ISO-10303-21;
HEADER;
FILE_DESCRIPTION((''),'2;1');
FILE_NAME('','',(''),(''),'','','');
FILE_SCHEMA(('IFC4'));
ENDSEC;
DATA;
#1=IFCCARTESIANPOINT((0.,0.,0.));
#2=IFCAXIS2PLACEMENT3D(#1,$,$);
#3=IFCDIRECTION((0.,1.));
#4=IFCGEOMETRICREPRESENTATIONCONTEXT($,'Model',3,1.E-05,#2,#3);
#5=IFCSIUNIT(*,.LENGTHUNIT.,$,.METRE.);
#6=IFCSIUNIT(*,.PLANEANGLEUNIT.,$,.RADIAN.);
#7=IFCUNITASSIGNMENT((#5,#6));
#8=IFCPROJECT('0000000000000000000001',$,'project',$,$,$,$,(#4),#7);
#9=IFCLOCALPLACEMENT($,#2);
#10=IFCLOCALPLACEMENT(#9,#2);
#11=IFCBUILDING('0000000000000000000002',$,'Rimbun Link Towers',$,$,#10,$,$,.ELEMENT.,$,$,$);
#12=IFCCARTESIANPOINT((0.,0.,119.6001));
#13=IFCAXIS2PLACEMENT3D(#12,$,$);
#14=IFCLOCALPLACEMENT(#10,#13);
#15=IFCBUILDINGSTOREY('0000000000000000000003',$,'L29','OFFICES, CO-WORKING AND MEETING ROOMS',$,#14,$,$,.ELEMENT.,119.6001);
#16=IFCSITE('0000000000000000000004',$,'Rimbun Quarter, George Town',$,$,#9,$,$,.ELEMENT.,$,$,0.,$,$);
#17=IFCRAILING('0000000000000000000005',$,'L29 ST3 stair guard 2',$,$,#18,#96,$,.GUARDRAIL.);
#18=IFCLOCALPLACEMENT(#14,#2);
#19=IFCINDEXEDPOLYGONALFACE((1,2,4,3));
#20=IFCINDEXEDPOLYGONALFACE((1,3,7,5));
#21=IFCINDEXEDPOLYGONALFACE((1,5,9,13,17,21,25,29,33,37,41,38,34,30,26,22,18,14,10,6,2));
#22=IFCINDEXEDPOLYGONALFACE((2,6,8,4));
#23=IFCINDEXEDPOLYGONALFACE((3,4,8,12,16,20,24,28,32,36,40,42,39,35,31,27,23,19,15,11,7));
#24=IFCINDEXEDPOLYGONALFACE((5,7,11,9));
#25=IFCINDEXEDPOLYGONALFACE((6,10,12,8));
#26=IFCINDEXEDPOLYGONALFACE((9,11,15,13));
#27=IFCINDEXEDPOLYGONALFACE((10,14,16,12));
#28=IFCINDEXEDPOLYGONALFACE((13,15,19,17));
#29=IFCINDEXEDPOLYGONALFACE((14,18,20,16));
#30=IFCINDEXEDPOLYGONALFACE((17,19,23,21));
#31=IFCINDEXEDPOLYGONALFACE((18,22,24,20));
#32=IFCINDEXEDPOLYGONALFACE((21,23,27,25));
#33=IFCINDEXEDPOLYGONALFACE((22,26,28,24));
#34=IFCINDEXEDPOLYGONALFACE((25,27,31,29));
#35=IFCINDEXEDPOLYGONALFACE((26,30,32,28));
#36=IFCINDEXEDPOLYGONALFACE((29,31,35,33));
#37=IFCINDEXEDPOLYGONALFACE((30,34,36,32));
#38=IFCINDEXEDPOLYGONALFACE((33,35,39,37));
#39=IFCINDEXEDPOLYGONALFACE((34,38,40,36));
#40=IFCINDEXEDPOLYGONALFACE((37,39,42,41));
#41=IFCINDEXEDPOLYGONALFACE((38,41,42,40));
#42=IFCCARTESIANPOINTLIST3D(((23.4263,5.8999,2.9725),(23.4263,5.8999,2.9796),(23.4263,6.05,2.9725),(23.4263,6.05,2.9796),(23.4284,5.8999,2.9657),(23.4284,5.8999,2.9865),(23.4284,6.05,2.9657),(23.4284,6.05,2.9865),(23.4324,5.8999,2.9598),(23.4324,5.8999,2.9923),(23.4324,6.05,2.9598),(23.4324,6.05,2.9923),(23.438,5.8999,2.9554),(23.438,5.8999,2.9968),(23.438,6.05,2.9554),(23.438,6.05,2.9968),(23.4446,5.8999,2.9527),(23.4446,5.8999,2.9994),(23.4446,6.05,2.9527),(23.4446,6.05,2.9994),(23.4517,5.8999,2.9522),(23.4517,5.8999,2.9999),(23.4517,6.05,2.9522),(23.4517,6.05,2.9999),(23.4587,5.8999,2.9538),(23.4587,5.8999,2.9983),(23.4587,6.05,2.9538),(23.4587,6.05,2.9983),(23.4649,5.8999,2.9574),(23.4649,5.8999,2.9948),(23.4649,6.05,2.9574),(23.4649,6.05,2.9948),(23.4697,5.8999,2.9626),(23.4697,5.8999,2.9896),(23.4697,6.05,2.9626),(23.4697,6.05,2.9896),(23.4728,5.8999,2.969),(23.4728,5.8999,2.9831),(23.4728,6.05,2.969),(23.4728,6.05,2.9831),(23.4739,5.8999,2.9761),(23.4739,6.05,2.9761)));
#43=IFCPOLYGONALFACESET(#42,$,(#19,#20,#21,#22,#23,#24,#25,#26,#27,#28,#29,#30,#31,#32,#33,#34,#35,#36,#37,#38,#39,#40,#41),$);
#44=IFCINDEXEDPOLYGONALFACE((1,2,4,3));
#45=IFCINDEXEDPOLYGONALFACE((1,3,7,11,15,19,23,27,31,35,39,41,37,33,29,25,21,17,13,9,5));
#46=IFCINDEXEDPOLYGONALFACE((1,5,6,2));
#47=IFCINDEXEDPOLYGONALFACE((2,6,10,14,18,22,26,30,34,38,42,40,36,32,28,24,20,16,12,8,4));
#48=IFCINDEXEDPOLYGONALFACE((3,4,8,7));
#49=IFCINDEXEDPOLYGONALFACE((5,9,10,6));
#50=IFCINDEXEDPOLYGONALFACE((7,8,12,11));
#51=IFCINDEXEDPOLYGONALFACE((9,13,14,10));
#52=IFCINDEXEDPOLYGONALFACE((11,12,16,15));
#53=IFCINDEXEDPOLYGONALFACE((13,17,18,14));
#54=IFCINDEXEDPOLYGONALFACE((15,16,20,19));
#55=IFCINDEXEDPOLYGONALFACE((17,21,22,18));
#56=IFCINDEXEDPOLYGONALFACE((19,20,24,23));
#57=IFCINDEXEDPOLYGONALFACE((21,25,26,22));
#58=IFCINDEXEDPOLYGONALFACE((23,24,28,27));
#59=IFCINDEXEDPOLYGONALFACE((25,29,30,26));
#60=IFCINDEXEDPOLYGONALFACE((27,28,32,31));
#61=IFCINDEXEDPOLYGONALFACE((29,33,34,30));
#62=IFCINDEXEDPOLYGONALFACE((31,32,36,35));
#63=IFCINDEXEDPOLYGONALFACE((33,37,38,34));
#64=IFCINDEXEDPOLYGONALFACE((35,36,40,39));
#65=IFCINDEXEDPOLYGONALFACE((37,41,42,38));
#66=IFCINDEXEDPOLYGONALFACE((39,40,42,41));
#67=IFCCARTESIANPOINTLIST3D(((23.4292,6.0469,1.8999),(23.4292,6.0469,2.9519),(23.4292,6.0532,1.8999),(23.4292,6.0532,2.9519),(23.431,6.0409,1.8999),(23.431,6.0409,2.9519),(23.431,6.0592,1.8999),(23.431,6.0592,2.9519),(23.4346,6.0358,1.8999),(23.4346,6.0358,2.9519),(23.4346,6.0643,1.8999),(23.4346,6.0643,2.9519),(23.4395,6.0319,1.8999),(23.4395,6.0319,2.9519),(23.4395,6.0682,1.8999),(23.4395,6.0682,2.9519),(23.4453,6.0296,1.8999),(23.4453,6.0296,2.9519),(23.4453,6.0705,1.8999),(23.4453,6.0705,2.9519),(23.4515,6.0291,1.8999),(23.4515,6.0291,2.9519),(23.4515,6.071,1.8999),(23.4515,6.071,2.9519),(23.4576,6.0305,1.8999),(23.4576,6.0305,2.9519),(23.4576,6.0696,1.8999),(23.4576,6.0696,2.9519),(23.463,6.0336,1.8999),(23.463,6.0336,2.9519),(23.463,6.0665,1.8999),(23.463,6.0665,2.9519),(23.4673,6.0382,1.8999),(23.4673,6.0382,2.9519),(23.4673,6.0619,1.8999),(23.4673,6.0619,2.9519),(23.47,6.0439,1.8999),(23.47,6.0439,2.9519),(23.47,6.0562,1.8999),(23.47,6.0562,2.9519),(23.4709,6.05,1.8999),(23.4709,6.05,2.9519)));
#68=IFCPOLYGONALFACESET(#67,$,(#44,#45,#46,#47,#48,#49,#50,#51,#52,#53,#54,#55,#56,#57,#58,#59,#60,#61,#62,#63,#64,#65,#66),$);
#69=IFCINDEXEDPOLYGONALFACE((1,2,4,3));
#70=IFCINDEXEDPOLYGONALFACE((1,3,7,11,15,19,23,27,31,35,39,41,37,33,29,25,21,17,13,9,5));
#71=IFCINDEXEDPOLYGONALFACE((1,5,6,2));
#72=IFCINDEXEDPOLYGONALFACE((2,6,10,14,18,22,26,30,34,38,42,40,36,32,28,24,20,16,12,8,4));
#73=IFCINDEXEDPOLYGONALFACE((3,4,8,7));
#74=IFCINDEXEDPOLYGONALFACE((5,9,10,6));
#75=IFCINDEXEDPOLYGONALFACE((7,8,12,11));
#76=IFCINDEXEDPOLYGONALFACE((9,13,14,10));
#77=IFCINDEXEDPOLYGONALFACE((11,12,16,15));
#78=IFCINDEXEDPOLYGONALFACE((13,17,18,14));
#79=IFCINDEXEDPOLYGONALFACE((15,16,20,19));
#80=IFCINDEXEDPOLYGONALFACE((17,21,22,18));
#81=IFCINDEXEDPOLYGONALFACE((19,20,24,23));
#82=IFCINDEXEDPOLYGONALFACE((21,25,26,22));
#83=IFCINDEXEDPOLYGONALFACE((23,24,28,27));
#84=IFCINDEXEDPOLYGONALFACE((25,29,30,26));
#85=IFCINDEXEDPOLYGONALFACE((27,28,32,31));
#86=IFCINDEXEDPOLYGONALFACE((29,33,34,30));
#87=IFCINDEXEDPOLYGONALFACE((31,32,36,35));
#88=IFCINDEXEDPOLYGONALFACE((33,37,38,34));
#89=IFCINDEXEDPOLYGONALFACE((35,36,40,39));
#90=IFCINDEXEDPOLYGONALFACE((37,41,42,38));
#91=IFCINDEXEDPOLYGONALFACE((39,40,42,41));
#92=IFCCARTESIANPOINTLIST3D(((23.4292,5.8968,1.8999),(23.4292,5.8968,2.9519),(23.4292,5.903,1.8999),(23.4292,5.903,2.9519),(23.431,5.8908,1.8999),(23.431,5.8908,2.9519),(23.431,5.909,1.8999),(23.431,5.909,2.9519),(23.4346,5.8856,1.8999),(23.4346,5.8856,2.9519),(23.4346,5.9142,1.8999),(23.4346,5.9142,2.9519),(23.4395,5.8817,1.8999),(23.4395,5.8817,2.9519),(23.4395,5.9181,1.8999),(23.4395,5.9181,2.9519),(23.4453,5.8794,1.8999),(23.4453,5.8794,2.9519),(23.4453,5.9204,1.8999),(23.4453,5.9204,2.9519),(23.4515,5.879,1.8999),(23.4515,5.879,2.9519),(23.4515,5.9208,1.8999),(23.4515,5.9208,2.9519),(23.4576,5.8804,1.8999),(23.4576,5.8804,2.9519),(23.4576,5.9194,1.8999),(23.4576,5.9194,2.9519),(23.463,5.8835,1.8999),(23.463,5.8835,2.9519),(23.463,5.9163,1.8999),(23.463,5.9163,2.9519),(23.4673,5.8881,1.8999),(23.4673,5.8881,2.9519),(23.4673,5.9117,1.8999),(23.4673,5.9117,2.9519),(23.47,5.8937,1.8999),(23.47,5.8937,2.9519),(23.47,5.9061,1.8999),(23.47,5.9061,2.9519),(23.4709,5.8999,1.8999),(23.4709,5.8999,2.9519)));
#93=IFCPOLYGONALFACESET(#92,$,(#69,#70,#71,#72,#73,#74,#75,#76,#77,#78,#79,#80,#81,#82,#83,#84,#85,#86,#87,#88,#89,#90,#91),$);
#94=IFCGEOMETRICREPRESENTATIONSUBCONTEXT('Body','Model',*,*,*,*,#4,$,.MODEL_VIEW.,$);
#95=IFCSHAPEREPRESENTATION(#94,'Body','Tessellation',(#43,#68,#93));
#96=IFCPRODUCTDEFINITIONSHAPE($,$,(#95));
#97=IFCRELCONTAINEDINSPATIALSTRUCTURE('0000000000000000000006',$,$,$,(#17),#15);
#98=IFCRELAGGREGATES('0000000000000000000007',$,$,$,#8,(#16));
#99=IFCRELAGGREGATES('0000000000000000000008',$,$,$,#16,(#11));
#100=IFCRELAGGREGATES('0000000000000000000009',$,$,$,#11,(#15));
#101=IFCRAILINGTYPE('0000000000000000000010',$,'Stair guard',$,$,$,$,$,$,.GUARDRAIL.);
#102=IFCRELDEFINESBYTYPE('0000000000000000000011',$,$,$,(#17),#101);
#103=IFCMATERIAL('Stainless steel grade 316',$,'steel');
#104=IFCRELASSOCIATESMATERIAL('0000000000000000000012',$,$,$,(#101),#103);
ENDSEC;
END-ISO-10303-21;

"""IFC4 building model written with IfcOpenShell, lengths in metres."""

from ifc_helpers import new_model, si_unit, direction, frame, origin, origin_2d, place, context, subcontext, project, spatial, circle, extrude, material, type_object, element, save


model = new_model("IFC4")

# Units and contexts
model_context = context("Model", 3, precision=1e-05, world=origin(), true_north=direction((0.0, 1.0)))
body_context = subcontext(model_context, "Body", "Model", "MODEL_VIEW")
ifc_project = project(units=[si_unit("LENGTHUNIT", "METRE"), si_unit("PLANEANGLEUNIT", "RADIAN")], contexts=[model_context])

# Site, building, storey
site_placement = place(None, origin())
site = spatial("IfcSite", under=ifc_project, at=site_placement, Name="Rimbun Quarter, George Town", CompositionType="ELEMENT", RefElevation=0.0)
building_placement = place(site_placement, origin())
building = spatial("IfcBuilding", under=site, at=building_placement, Name="Rimbun Link Towers", CompositionType="ELEMENT")
storey_placement = place(building_placement, frame((0.0, 0.0, 119.6001)))
storey = spatial("IfcBuildingStorey", under=building, at=storey_placement, Name="L29", Description="OFFICES, CO-WORKING AND MEETING ROOMS", CompositionType="ELEMENT", Elevation=119.6001)

# Railing
ifc_material_1 = material(Name="Stainless steel grade 316", Category="steel")
railing_type_1 = type_object("IfcRailingType", Name="Stair guard", PredefinedType="GUARDRAIL", material=ifc_material_1)
railing_1_placement = place(storey_placement, frame((23.45, 6.05, 1.8999)))
element("IfcRailing", 1, at=railing_1_placement, inside=storey, type_object=railing_type_1, Name="L29 ST3 stair guard 2", PredefinedType="GUARDRAIL", context=body_context, shape_type="SweptSolid", body=[
    extrude(circle(Radius=0.0239, at=origin_2d()), frame((0.0, 0.0, 1.0762), z_axis=(0.0, -1.0, 0.0), x_axis=(1.0, 0.0, 0.0)), (0.0, 0.0, 1.0), 0.1501),
    extrude(circle(Radius=0.021, at=origin_2d()), origin(), (0.0, 0.0, 1.0), 1.052),
    extrude(circle(Radius=0.021, at=origin_2d()), frame((0.0, -0.1501, 0.0)), (0.0, 0.0, 1.0), 1.052),
])

save(model, "model.ifc")
